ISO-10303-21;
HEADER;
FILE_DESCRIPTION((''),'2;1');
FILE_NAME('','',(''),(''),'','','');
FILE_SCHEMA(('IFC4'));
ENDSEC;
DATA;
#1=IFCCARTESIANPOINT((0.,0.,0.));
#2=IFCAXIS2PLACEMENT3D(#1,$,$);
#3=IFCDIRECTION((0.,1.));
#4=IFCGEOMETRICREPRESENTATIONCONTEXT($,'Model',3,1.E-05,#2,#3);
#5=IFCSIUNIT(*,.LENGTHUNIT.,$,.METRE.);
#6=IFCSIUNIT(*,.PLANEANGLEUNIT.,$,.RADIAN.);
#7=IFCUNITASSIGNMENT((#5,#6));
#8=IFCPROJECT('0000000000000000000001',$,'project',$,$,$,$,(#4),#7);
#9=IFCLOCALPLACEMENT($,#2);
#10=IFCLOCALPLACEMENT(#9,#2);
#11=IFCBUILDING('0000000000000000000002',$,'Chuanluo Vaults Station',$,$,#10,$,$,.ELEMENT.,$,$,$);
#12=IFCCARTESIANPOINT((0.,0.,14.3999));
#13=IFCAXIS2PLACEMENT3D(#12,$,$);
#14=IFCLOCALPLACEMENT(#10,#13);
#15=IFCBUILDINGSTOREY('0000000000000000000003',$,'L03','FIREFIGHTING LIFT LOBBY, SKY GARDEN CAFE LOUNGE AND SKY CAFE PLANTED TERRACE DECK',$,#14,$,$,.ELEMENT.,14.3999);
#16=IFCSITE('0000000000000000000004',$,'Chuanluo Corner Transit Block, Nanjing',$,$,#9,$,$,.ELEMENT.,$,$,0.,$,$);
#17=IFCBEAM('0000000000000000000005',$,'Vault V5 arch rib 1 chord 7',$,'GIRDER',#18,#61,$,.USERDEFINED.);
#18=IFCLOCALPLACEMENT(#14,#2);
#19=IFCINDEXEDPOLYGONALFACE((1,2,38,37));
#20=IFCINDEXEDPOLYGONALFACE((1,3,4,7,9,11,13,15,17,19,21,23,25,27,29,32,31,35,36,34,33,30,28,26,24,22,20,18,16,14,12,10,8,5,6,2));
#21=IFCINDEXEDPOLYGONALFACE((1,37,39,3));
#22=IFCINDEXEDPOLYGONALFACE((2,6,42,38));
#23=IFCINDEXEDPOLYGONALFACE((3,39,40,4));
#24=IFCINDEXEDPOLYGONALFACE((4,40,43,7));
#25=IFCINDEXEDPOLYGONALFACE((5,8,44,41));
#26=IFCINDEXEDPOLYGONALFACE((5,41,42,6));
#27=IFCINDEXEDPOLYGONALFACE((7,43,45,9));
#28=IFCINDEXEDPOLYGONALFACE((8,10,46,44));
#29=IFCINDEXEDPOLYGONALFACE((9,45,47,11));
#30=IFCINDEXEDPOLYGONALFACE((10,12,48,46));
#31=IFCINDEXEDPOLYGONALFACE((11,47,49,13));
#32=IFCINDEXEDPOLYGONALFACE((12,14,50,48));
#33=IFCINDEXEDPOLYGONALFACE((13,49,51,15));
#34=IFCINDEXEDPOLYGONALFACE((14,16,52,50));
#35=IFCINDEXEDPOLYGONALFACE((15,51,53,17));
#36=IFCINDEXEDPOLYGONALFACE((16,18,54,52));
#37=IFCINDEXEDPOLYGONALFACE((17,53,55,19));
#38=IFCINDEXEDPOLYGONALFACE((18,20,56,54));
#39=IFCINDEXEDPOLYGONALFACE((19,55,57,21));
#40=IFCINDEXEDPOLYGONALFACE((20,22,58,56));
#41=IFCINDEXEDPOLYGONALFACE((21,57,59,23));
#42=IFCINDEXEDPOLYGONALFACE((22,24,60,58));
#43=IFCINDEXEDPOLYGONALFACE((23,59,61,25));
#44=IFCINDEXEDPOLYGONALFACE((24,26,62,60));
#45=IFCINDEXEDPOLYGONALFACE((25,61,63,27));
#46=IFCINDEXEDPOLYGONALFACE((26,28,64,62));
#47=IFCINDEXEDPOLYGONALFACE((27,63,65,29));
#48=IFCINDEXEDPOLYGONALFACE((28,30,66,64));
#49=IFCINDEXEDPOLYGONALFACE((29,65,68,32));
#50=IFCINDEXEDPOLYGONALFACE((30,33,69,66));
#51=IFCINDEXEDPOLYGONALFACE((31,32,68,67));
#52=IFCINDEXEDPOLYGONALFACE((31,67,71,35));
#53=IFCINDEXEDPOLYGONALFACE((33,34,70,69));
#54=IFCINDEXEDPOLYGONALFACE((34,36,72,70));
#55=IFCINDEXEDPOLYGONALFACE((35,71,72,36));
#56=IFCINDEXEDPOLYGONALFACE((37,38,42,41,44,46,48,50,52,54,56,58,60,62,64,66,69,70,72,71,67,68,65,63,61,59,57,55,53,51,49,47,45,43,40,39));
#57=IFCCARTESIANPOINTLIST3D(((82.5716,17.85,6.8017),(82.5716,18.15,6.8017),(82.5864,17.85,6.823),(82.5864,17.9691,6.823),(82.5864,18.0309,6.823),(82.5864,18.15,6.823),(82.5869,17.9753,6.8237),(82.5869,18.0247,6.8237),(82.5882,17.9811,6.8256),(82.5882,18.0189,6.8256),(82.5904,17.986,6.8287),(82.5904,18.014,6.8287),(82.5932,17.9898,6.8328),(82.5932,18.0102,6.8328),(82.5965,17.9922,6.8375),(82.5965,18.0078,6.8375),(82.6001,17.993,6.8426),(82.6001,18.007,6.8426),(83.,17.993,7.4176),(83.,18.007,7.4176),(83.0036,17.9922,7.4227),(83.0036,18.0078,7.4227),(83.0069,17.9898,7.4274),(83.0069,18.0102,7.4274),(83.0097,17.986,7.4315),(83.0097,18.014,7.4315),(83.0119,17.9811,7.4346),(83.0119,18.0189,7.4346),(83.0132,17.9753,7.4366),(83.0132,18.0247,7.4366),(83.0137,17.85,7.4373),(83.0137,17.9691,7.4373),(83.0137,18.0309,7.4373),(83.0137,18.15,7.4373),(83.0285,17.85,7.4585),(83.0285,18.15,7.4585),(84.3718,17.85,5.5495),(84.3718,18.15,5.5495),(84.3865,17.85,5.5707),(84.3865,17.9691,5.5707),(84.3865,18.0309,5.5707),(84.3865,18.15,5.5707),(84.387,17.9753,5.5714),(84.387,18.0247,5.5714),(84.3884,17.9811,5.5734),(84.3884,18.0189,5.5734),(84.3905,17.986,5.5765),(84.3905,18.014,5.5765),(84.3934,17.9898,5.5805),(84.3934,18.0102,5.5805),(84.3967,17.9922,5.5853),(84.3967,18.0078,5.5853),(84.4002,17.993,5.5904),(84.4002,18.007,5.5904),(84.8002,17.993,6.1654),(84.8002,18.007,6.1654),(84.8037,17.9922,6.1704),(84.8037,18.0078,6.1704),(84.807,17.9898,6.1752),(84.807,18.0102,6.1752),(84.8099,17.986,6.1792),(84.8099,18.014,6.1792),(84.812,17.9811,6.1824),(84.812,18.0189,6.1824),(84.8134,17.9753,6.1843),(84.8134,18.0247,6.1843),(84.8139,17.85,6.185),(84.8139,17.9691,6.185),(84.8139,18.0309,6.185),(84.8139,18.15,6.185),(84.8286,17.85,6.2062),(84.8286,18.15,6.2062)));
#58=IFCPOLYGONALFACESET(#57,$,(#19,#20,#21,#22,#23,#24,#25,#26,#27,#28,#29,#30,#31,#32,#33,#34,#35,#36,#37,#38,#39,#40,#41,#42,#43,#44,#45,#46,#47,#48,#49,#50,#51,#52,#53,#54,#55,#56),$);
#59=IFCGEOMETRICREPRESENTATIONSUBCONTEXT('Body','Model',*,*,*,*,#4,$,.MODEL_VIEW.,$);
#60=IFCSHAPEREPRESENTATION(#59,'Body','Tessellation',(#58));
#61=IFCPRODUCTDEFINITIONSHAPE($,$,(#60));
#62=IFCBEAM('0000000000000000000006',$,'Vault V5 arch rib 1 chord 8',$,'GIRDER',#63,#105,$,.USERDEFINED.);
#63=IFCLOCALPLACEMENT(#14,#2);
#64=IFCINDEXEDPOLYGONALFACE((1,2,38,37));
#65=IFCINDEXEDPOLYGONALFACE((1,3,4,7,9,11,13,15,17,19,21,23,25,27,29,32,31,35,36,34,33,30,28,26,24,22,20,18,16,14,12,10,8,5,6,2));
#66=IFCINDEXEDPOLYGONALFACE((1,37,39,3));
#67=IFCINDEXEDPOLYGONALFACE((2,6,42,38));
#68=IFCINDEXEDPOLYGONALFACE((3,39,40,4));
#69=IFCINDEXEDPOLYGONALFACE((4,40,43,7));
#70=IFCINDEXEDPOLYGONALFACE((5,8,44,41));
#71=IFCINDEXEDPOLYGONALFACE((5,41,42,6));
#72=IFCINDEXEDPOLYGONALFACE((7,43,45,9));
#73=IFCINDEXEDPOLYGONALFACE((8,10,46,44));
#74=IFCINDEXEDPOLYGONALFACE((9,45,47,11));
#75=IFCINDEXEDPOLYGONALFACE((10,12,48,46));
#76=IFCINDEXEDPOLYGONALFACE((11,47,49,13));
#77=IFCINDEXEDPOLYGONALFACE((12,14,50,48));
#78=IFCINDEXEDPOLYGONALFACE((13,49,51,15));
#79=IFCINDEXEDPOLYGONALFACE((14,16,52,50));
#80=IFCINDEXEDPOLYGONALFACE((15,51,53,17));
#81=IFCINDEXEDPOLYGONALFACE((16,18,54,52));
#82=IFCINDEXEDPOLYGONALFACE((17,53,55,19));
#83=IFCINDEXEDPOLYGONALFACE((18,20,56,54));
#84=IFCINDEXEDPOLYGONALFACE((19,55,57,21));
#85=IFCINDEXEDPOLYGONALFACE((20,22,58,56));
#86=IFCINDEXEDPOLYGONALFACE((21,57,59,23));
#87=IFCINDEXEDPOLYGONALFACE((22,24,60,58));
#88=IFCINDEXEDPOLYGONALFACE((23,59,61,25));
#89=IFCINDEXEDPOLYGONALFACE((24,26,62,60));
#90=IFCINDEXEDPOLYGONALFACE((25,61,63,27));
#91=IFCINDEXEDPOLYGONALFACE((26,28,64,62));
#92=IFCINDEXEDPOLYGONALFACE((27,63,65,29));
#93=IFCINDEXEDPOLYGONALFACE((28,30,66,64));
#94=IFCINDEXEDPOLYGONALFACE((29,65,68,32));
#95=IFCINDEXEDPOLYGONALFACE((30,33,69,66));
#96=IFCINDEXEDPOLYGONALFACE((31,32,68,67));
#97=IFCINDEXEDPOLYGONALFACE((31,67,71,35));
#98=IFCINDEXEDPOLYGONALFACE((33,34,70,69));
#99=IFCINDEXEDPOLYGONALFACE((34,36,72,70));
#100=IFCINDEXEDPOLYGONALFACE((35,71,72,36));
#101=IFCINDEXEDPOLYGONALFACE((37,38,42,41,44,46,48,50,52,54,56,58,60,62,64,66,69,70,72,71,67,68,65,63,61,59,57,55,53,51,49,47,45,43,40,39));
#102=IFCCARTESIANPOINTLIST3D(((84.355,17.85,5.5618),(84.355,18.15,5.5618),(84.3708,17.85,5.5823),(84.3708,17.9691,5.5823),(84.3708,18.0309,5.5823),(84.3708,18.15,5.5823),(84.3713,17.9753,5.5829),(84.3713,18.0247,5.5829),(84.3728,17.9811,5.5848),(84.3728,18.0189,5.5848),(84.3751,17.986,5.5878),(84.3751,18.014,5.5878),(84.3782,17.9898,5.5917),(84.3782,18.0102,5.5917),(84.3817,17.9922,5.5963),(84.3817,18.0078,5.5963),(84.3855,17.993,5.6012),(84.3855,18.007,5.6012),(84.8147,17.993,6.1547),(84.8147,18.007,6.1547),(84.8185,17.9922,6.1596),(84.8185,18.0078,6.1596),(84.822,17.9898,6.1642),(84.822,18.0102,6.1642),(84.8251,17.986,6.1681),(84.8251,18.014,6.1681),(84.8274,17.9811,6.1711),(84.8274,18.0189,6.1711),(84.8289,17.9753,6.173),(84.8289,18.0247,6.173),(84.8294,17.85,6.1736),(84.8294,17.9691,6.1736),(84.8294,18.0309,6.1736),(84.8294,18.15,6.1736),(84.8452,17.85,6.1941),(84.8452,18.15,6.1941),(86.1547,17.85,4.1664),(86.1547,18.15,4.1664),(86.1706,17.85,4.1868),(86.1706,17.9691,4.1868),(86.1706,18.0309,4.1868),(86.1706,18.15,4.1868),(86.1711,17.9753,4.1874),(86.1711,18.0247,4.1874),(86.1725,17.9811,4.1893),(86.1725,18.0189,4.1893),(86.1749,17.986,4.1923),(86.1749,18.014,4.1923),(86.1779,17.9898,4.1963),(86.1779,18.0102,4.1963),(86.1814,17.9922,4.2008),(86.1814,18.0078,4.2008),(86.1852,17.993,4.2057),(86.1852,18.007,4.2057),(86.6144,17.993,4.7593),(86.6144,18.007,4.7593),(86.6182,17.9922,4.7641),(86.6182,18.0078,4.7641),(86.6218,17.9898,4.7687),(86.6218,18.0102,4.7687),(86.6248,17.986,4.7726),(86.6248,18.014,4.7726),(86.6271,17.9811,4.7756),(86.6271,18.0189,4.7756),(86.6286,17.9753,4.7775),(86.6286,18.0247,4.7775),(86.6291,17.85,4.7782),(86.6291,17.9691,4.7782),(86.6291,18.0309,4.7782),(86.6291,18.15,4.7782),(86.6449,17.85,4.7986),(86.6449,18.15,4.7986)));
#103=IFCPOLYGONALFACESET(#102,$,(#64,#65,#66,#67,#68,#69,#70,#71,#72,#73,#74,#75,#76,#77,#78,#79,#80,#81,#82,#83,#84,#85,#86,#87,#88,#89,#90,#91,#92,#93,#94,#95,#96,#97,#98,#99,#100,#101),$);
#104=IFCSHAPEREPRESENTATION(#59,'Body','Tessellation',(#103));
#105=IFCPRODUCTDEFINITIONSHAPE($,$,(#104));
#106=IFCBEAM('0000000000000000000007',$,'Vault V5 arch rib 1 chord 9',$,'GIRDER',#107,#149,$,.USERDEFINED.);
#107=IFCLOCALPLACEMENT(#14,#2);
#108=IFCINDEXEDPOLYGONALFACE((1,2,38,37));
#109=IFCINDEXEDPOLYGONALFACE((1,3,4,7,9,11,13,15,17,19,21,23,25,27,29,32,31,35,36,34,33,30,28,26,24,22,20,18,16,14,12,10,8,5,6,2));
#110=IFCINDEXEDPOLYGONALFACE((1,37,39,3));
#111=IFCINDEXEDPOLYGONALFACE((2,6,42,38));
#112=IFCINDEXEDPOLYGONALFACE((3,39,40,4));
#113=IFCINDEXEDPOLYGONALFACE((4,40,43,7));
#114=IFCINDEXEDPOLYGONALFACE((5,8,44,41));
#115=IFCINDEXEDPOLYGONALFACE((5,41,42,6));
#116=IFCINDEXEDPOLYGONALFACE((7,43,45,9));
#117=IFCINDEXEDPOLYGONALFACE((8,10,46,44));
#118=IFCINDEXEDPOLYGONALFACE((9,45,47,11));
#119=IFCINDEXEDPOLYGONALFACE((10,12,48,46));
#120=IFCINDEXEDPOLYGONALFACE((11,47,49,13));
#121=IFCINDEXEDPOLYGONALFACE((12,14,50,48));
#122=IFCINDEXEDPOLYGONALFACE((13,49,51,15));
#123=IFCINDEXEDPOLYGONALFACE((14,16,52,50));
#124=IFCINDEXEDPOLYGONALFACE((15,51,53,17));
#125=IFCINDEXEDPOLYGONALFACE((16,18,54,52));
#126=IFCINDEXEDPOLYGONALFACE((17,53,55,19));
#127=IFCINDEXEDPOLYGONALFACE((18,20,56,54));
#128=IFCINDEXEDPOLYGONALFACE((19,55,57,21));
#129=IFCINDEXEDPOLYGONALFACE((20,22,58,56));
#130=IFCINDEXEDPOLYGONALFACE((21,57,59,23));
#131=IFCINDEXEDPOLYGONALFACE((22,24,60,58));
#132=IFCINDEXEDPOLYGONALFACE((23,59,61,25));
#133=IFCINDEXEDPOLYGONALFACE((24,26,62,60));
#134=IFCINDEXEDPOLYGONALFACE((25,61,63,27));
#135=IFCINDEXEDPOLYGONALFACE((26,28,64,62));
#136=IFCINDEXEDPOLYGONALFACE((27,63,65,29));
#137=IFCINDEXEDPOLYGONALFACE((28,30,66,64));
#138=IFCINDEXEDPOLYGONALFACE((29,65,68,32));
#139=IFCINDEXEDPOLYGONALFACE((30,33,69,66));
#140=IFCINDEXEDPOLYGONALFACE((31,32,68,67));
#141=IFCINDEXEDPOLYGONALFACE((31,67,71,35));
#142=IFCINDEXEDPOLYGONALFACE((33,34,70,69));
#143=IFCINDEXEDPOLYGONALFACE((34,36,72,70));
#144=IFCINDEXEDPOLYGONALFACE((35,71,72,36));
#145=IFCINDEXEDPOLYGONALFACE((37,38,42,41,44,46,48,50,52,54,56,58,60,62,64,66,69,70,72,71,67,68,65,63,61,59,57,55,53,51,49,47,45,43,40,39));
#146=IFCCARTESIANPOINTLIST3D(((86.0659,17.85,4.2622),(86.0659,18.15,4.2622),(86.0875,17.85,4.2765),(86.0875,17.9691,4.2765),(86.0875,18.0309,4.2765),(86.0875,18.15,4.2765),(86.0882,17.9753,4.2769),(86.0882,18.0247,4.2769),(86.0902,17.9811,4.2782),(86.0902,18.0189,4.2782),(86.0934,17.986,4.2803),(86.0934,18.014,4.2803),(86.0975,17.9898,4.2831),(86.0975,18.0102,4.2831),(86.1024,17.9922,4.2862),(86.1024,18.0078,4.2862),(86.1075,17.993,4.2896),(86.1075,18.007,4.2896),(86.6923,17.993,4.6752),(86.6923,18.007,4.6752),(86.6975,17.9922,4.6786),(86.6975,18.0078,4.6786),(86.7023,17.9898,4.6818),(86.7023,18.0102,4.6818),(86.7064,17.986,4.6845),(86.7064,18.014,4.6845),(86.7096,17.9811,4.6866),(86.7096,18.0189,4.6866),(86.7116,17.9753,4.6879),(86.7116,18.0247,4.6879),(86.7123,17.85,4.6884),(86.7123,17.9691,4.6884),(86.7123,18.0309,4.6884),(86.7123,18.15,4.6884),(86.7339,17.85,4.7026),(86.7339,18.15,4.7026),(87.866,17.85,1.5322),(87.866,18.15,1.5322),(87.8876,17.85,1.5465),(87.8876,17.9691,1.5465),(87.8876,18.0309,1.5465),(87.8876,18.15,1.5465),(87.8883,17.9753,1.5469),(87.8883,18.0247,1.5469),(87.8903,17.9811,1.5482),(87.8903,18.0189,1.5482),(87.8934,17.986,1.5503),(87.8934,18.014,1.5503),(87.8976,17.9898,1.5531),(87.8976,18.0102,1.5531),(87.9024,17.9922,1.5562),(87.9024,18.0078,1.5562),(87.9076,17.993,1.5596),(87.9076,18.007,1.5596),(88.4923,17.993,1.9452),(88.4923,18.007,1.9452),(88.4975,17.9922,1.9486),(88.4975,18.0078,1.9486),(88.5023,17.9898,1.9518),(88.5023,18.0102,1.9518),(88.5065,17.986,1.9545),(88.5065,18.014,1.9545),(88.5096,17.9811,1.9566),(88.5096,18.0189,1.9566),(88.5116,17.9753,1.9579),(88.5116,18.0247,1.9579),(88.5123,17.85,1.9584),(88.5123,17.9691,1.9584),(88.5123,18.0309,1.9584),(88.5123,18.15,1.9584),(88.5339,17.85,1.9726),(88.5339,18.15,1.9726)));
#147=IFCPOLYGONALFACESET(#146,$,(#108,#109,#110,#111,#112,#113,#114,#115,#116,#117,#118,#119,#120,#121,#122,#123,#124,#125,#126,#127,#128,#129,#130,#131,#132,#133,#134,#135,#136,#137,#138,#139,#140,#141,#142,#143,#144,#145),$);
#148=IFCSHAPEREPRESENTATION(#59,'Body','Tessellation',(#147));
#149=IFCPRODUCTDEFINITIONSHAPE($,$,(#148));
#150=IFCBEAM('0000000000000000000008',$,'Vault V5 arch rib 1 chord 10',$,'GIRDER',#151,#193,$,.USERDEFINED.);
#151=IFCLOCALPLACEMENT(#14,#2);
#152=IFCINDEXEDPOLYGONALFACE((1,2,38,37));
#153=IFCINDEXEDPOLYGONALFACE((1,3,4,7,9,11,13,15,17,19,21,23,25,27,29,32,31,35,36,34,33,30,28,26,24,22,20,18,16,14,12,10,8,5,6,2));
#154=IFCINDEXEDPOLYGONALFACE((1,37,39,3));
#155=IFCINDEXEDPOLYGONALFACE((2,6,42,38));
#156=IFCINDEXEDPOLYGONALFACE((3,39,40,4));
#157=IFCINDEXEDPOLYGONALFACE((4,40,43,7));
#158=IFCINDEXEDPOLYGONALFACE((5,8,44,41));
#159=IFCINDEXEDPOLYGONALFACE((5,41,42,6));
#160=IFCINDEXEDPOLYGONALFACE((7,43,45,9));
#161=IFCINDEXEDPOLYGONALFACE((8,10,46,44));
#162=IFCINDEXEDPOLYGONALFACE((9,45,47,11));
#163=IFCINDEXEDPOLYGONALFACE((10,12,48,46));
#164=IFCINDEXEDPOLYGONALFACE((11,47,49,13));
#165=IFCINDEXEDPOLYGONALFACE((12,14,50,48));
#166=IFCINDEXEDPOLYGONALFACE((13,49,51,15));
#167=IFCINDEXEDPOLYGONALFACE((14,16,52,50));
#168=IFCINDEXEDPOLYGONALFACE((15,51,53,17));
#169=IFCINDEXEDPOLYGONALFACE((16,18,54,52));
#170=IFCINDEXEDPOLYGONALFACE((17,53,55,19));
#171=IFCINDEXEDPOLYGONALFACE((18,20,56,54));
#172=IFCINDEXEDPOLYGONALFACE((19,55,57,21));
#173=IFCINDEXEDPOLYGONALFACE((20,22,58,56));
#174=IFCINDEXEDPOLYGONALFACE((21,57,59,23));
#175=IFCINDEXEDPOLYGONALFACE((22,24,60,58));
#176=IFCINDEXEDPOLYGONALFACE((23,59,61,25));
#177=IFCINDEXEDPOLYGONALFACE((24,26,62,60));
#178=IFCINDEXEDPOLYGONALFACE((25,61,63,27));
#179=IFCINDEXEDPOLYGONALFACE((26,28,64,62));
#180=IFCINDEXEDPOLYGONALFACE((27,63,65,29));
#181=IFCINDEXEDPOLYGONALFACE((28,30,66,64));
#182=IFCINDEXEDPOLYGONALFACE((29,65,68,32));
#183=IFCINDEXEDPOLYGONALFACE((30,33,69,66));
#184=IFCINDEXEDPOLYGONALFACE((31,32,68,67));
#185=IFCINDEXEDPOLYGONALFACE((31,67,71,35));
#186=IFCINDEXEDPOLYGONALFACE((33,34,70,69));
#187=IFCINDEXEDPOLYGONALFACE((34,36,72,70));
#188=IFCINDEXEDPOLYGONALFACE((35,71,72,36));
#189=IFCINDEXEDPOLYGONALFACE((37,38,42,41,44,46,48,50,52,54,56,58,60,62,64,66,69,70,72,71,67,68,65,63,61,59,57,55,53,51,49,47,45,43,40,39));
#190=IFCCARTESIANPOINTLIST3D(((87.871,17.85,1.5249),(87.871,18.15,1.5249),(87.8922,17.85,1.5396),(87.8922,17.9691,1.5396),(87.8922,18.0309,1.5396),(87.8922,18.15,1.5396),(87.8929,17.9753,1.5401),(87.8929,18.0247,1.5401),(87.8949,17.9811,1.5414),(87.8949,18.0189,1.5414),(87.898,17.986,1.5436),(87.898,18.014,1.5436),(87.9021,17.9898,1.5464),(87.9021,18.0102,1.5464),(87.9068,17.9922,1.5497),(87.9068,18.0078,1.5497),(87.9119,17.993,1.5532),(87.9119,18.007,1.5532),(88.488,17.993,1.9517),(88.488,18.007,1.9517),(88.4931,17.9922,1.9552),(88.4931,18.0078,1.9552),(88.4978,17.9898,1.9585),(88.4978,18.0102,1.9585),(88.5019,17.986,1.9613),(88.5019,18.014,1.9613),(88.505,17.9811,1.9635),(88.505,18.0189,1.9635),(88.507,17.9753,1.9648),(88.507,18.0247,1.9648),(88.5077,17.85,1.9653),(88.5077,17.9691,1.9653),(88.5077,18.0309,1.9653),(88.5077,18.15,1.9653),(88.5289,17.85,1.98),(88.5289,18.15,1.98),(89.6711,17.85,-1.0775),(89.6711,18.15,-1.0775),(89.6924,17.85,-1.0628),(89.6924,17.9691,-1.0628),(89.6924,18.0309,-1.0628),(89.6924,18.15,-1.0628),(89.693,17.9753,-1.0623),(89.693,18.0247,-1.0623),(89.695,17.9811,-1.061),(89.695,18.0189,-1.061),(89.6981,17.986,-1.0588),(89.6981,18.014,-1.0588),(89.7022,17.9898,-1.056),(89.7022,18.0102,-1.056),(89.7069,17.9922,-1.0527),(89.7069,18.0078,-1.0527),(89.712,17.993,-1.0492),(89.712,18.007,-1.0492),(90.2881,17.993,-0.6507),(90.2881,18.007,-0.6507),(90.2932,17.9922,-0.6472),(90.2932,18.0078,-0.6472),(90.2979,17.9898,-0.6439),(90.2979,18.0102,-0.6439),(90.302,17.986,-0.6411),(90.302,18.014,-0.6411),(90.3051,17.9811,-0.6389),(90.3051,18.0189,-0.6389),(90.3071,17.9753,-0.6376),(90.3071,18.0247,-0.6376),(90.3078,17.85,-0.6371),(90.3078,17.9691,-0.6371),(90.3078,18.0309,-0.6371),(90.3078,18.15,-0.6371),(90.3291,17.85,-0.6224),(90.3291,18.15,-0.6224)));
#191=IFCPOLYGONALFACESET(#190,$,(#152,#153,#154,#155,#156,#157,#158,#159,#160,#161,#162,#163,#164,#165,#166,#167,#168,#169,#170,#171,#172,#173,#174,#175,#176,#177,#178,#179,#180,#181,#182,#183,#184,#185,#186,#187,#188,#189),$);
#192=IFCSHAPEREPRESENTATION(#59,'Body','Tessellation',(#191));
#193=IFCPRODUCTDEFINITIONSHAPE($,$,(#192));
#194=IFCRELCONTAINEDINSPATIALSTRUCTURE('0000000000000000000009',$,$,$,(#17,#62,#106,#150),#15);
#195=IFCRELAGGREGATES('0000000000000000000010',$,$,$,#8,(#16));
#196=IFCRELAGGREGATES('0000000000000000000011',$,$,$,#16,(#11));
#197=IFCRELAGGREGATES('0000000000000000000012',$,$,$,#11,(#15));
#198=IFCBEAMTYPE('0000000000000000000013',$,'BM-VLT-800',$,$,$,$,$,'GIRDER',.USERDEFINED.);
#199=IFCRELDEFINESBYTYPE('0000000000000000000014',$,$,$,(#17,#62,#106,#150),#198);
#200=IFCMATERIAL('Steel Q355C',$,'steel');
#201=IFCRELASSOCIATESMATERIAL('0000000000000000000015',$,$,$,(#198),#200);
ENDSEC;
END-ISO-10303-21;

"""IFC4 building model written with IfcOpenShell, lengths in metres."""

from ifc_helpers import new_model, si_unit, direction, frame, origin, origin_2d, place, context, subcontext, project, spatial, i_section, extrude, material, material_profile, profile_set, type_object, element, save


model = new_model("IFC4")

# Units and contexts
model_context = context("Model", 3, precision=1e-05, world=origin(), true_north=direction((0.0, 1.0)))
body_context = subcontext(model_context, "Body", "Model", "MODEL_VIEW")
ifc_project = project(units=[si_unit("LENGTHUNIT", "METRE"), si_unit("PLANEANGLEUNIT", "RADIAN")], contexts=[model_context])

# Site, building, storey
site_placement = place(None, origin())
site = spatial("IfcSite", under=ifc_project, at=site_placement, Name="Chuanluo Corner Transit Block, Nanjing", CompositionType="ELEMENT", RefElevation=0.0)
building_placement = place(site_placement, origin())
building = spatial("IfcBuilding", under=site, at=building_placement, Name="Chuanluo Vaults Station", CompositionType="ELEMENT")
storey_placement = place(building_placement, frame((0.0, 0.0, 14.3999)))
storey = spatial("IfcBuildingStorey", under=building, at=storey_placement, Name="L03", Description="FIREFIGHTING LIFT LOBBY, SKY GARDEN CAFE LOUNGE AND SKY CAFE PLANTED TERRACE DECK", CompositionType="ELEMENT", Elevation=14.3999)

# Beams
ifc_material_1 = material(Name="Steel Q355C", Category="steel")
ifc_material_profile_1 = material_profile(ifc_material_1, i_section(OverallWidth=0.3, OverallDepth=0.8, WebThickness=0.0139, FlangeThickness=0.0259, FilletRadius=0.0239, at=origin_2d()))
ifc_profile_set_1 = profile_set([ifc_material_profile_1], Name="Steel Q355C")
beam_type_1 = type_object("IfcBeamType", Name="BM-VLT-800", ElementType="GIRDER", PredefinedType="USERDEFINED", material=ifc_profile_set_1)
beam_1_placement = place(storey_placement, frame((82.8, 18.0, 7.1301), z_axis=(0.820907, 0.0, -0.571061), x_axis=(0.0, 1.0, 0.0)))
element("IfcBeam", 1, at=beam_1_placement, inside=storey, type_object=beam_type_1, Name="Vault V5 arch rib 1 chord 7", ObjectType="GIRDER", PredefinedType="USERDEFINED", context=body_context, shape_type="SweptSolid", body=[
    extrude(i_section(OverallWidth=0.3, OverallDepth=0.8, WebThickness=0.0139, FlangeThickness=0.0259, FilletRadius=0.0239, at=origin_2d()), origin(), (0.0, 0.0, 1.0), 2.1929),
])
beam_2_placement = place(storey_placement, frame((84.6001, 18.0, 5.8779), z_axis=(0.790275, 0.0, -0.612752), x_axis=(0.0, 1.0, 0.0)))
element("IfcBeam", 2, at=beam_2_placement, inside=storey, type_object=beam_type_1, Name="Vault V5 arch rib 1 chord 8", ObjectType="GIRDER", PredefinedType="USERDEFINED", context=body_context, shape_type="SweptSolid", body=[
    extrude(i_section(OverallWidth=0.3, OverallDepth=0.8, WebThickness=0.0139, FlangeThickness=0.0259, FilletRadius=0.0239, at=origin_2d()), origin(), (0.0, 0.0, 1.0), 2.2773),
])
beam_3_placement = place(storey_placement, frame((86.3999, 18.0, 4.4824), z_axis=(0.550472, 0.0, -0.834854), x_axis=(0.0, 1.0, 0.0)))
element("IfcBeam", 3, at=beam_3_placement, inside=storey, type_object=beam_type_1, Name="Vault V5 arch rib 1 chord 9", ObjectType="GIRDER", PredefinedType="USERDEFINED", context=body_context, shape_type="SweptSolid", body=[
    extrude(i_section(OverallWidth=0.3, OverallDepth=0.8, WebThickness=0.0139, FlangeThickness=0.0259, FilletRadius=0.0239, at=origin_2d()), origin(), (0.0, 0.0, 1.0), 3.27),
])
beam_4_placement = place(storey_placement, frame((88.2, 18.0, 1.7524), z_axis=(0.568881, 0.0, -0.82242), x_axis=(0.0, 1.0, 0.0)))
element("IfcBeam", 4, at=beam_4_placement, inside=storey, type_object=beam_type_1, Name="Vault V5 arch rib 1 chord 10", ObjectType="GIRDER", PredefinedType="USERDEFINED", context=body_context, shape_type="SweptSolid", body=[
    extrude(i_section(OverallWidth=0.3, OverallDepth=0.8, WebThickness=0.0139, FlangeThickness=0.0259, FilletRadius=0.0239, at=origin_2d()), origin(), (0.0, 0.0, 1.0), 3.1643),
])

save(model, "model.ifc")
